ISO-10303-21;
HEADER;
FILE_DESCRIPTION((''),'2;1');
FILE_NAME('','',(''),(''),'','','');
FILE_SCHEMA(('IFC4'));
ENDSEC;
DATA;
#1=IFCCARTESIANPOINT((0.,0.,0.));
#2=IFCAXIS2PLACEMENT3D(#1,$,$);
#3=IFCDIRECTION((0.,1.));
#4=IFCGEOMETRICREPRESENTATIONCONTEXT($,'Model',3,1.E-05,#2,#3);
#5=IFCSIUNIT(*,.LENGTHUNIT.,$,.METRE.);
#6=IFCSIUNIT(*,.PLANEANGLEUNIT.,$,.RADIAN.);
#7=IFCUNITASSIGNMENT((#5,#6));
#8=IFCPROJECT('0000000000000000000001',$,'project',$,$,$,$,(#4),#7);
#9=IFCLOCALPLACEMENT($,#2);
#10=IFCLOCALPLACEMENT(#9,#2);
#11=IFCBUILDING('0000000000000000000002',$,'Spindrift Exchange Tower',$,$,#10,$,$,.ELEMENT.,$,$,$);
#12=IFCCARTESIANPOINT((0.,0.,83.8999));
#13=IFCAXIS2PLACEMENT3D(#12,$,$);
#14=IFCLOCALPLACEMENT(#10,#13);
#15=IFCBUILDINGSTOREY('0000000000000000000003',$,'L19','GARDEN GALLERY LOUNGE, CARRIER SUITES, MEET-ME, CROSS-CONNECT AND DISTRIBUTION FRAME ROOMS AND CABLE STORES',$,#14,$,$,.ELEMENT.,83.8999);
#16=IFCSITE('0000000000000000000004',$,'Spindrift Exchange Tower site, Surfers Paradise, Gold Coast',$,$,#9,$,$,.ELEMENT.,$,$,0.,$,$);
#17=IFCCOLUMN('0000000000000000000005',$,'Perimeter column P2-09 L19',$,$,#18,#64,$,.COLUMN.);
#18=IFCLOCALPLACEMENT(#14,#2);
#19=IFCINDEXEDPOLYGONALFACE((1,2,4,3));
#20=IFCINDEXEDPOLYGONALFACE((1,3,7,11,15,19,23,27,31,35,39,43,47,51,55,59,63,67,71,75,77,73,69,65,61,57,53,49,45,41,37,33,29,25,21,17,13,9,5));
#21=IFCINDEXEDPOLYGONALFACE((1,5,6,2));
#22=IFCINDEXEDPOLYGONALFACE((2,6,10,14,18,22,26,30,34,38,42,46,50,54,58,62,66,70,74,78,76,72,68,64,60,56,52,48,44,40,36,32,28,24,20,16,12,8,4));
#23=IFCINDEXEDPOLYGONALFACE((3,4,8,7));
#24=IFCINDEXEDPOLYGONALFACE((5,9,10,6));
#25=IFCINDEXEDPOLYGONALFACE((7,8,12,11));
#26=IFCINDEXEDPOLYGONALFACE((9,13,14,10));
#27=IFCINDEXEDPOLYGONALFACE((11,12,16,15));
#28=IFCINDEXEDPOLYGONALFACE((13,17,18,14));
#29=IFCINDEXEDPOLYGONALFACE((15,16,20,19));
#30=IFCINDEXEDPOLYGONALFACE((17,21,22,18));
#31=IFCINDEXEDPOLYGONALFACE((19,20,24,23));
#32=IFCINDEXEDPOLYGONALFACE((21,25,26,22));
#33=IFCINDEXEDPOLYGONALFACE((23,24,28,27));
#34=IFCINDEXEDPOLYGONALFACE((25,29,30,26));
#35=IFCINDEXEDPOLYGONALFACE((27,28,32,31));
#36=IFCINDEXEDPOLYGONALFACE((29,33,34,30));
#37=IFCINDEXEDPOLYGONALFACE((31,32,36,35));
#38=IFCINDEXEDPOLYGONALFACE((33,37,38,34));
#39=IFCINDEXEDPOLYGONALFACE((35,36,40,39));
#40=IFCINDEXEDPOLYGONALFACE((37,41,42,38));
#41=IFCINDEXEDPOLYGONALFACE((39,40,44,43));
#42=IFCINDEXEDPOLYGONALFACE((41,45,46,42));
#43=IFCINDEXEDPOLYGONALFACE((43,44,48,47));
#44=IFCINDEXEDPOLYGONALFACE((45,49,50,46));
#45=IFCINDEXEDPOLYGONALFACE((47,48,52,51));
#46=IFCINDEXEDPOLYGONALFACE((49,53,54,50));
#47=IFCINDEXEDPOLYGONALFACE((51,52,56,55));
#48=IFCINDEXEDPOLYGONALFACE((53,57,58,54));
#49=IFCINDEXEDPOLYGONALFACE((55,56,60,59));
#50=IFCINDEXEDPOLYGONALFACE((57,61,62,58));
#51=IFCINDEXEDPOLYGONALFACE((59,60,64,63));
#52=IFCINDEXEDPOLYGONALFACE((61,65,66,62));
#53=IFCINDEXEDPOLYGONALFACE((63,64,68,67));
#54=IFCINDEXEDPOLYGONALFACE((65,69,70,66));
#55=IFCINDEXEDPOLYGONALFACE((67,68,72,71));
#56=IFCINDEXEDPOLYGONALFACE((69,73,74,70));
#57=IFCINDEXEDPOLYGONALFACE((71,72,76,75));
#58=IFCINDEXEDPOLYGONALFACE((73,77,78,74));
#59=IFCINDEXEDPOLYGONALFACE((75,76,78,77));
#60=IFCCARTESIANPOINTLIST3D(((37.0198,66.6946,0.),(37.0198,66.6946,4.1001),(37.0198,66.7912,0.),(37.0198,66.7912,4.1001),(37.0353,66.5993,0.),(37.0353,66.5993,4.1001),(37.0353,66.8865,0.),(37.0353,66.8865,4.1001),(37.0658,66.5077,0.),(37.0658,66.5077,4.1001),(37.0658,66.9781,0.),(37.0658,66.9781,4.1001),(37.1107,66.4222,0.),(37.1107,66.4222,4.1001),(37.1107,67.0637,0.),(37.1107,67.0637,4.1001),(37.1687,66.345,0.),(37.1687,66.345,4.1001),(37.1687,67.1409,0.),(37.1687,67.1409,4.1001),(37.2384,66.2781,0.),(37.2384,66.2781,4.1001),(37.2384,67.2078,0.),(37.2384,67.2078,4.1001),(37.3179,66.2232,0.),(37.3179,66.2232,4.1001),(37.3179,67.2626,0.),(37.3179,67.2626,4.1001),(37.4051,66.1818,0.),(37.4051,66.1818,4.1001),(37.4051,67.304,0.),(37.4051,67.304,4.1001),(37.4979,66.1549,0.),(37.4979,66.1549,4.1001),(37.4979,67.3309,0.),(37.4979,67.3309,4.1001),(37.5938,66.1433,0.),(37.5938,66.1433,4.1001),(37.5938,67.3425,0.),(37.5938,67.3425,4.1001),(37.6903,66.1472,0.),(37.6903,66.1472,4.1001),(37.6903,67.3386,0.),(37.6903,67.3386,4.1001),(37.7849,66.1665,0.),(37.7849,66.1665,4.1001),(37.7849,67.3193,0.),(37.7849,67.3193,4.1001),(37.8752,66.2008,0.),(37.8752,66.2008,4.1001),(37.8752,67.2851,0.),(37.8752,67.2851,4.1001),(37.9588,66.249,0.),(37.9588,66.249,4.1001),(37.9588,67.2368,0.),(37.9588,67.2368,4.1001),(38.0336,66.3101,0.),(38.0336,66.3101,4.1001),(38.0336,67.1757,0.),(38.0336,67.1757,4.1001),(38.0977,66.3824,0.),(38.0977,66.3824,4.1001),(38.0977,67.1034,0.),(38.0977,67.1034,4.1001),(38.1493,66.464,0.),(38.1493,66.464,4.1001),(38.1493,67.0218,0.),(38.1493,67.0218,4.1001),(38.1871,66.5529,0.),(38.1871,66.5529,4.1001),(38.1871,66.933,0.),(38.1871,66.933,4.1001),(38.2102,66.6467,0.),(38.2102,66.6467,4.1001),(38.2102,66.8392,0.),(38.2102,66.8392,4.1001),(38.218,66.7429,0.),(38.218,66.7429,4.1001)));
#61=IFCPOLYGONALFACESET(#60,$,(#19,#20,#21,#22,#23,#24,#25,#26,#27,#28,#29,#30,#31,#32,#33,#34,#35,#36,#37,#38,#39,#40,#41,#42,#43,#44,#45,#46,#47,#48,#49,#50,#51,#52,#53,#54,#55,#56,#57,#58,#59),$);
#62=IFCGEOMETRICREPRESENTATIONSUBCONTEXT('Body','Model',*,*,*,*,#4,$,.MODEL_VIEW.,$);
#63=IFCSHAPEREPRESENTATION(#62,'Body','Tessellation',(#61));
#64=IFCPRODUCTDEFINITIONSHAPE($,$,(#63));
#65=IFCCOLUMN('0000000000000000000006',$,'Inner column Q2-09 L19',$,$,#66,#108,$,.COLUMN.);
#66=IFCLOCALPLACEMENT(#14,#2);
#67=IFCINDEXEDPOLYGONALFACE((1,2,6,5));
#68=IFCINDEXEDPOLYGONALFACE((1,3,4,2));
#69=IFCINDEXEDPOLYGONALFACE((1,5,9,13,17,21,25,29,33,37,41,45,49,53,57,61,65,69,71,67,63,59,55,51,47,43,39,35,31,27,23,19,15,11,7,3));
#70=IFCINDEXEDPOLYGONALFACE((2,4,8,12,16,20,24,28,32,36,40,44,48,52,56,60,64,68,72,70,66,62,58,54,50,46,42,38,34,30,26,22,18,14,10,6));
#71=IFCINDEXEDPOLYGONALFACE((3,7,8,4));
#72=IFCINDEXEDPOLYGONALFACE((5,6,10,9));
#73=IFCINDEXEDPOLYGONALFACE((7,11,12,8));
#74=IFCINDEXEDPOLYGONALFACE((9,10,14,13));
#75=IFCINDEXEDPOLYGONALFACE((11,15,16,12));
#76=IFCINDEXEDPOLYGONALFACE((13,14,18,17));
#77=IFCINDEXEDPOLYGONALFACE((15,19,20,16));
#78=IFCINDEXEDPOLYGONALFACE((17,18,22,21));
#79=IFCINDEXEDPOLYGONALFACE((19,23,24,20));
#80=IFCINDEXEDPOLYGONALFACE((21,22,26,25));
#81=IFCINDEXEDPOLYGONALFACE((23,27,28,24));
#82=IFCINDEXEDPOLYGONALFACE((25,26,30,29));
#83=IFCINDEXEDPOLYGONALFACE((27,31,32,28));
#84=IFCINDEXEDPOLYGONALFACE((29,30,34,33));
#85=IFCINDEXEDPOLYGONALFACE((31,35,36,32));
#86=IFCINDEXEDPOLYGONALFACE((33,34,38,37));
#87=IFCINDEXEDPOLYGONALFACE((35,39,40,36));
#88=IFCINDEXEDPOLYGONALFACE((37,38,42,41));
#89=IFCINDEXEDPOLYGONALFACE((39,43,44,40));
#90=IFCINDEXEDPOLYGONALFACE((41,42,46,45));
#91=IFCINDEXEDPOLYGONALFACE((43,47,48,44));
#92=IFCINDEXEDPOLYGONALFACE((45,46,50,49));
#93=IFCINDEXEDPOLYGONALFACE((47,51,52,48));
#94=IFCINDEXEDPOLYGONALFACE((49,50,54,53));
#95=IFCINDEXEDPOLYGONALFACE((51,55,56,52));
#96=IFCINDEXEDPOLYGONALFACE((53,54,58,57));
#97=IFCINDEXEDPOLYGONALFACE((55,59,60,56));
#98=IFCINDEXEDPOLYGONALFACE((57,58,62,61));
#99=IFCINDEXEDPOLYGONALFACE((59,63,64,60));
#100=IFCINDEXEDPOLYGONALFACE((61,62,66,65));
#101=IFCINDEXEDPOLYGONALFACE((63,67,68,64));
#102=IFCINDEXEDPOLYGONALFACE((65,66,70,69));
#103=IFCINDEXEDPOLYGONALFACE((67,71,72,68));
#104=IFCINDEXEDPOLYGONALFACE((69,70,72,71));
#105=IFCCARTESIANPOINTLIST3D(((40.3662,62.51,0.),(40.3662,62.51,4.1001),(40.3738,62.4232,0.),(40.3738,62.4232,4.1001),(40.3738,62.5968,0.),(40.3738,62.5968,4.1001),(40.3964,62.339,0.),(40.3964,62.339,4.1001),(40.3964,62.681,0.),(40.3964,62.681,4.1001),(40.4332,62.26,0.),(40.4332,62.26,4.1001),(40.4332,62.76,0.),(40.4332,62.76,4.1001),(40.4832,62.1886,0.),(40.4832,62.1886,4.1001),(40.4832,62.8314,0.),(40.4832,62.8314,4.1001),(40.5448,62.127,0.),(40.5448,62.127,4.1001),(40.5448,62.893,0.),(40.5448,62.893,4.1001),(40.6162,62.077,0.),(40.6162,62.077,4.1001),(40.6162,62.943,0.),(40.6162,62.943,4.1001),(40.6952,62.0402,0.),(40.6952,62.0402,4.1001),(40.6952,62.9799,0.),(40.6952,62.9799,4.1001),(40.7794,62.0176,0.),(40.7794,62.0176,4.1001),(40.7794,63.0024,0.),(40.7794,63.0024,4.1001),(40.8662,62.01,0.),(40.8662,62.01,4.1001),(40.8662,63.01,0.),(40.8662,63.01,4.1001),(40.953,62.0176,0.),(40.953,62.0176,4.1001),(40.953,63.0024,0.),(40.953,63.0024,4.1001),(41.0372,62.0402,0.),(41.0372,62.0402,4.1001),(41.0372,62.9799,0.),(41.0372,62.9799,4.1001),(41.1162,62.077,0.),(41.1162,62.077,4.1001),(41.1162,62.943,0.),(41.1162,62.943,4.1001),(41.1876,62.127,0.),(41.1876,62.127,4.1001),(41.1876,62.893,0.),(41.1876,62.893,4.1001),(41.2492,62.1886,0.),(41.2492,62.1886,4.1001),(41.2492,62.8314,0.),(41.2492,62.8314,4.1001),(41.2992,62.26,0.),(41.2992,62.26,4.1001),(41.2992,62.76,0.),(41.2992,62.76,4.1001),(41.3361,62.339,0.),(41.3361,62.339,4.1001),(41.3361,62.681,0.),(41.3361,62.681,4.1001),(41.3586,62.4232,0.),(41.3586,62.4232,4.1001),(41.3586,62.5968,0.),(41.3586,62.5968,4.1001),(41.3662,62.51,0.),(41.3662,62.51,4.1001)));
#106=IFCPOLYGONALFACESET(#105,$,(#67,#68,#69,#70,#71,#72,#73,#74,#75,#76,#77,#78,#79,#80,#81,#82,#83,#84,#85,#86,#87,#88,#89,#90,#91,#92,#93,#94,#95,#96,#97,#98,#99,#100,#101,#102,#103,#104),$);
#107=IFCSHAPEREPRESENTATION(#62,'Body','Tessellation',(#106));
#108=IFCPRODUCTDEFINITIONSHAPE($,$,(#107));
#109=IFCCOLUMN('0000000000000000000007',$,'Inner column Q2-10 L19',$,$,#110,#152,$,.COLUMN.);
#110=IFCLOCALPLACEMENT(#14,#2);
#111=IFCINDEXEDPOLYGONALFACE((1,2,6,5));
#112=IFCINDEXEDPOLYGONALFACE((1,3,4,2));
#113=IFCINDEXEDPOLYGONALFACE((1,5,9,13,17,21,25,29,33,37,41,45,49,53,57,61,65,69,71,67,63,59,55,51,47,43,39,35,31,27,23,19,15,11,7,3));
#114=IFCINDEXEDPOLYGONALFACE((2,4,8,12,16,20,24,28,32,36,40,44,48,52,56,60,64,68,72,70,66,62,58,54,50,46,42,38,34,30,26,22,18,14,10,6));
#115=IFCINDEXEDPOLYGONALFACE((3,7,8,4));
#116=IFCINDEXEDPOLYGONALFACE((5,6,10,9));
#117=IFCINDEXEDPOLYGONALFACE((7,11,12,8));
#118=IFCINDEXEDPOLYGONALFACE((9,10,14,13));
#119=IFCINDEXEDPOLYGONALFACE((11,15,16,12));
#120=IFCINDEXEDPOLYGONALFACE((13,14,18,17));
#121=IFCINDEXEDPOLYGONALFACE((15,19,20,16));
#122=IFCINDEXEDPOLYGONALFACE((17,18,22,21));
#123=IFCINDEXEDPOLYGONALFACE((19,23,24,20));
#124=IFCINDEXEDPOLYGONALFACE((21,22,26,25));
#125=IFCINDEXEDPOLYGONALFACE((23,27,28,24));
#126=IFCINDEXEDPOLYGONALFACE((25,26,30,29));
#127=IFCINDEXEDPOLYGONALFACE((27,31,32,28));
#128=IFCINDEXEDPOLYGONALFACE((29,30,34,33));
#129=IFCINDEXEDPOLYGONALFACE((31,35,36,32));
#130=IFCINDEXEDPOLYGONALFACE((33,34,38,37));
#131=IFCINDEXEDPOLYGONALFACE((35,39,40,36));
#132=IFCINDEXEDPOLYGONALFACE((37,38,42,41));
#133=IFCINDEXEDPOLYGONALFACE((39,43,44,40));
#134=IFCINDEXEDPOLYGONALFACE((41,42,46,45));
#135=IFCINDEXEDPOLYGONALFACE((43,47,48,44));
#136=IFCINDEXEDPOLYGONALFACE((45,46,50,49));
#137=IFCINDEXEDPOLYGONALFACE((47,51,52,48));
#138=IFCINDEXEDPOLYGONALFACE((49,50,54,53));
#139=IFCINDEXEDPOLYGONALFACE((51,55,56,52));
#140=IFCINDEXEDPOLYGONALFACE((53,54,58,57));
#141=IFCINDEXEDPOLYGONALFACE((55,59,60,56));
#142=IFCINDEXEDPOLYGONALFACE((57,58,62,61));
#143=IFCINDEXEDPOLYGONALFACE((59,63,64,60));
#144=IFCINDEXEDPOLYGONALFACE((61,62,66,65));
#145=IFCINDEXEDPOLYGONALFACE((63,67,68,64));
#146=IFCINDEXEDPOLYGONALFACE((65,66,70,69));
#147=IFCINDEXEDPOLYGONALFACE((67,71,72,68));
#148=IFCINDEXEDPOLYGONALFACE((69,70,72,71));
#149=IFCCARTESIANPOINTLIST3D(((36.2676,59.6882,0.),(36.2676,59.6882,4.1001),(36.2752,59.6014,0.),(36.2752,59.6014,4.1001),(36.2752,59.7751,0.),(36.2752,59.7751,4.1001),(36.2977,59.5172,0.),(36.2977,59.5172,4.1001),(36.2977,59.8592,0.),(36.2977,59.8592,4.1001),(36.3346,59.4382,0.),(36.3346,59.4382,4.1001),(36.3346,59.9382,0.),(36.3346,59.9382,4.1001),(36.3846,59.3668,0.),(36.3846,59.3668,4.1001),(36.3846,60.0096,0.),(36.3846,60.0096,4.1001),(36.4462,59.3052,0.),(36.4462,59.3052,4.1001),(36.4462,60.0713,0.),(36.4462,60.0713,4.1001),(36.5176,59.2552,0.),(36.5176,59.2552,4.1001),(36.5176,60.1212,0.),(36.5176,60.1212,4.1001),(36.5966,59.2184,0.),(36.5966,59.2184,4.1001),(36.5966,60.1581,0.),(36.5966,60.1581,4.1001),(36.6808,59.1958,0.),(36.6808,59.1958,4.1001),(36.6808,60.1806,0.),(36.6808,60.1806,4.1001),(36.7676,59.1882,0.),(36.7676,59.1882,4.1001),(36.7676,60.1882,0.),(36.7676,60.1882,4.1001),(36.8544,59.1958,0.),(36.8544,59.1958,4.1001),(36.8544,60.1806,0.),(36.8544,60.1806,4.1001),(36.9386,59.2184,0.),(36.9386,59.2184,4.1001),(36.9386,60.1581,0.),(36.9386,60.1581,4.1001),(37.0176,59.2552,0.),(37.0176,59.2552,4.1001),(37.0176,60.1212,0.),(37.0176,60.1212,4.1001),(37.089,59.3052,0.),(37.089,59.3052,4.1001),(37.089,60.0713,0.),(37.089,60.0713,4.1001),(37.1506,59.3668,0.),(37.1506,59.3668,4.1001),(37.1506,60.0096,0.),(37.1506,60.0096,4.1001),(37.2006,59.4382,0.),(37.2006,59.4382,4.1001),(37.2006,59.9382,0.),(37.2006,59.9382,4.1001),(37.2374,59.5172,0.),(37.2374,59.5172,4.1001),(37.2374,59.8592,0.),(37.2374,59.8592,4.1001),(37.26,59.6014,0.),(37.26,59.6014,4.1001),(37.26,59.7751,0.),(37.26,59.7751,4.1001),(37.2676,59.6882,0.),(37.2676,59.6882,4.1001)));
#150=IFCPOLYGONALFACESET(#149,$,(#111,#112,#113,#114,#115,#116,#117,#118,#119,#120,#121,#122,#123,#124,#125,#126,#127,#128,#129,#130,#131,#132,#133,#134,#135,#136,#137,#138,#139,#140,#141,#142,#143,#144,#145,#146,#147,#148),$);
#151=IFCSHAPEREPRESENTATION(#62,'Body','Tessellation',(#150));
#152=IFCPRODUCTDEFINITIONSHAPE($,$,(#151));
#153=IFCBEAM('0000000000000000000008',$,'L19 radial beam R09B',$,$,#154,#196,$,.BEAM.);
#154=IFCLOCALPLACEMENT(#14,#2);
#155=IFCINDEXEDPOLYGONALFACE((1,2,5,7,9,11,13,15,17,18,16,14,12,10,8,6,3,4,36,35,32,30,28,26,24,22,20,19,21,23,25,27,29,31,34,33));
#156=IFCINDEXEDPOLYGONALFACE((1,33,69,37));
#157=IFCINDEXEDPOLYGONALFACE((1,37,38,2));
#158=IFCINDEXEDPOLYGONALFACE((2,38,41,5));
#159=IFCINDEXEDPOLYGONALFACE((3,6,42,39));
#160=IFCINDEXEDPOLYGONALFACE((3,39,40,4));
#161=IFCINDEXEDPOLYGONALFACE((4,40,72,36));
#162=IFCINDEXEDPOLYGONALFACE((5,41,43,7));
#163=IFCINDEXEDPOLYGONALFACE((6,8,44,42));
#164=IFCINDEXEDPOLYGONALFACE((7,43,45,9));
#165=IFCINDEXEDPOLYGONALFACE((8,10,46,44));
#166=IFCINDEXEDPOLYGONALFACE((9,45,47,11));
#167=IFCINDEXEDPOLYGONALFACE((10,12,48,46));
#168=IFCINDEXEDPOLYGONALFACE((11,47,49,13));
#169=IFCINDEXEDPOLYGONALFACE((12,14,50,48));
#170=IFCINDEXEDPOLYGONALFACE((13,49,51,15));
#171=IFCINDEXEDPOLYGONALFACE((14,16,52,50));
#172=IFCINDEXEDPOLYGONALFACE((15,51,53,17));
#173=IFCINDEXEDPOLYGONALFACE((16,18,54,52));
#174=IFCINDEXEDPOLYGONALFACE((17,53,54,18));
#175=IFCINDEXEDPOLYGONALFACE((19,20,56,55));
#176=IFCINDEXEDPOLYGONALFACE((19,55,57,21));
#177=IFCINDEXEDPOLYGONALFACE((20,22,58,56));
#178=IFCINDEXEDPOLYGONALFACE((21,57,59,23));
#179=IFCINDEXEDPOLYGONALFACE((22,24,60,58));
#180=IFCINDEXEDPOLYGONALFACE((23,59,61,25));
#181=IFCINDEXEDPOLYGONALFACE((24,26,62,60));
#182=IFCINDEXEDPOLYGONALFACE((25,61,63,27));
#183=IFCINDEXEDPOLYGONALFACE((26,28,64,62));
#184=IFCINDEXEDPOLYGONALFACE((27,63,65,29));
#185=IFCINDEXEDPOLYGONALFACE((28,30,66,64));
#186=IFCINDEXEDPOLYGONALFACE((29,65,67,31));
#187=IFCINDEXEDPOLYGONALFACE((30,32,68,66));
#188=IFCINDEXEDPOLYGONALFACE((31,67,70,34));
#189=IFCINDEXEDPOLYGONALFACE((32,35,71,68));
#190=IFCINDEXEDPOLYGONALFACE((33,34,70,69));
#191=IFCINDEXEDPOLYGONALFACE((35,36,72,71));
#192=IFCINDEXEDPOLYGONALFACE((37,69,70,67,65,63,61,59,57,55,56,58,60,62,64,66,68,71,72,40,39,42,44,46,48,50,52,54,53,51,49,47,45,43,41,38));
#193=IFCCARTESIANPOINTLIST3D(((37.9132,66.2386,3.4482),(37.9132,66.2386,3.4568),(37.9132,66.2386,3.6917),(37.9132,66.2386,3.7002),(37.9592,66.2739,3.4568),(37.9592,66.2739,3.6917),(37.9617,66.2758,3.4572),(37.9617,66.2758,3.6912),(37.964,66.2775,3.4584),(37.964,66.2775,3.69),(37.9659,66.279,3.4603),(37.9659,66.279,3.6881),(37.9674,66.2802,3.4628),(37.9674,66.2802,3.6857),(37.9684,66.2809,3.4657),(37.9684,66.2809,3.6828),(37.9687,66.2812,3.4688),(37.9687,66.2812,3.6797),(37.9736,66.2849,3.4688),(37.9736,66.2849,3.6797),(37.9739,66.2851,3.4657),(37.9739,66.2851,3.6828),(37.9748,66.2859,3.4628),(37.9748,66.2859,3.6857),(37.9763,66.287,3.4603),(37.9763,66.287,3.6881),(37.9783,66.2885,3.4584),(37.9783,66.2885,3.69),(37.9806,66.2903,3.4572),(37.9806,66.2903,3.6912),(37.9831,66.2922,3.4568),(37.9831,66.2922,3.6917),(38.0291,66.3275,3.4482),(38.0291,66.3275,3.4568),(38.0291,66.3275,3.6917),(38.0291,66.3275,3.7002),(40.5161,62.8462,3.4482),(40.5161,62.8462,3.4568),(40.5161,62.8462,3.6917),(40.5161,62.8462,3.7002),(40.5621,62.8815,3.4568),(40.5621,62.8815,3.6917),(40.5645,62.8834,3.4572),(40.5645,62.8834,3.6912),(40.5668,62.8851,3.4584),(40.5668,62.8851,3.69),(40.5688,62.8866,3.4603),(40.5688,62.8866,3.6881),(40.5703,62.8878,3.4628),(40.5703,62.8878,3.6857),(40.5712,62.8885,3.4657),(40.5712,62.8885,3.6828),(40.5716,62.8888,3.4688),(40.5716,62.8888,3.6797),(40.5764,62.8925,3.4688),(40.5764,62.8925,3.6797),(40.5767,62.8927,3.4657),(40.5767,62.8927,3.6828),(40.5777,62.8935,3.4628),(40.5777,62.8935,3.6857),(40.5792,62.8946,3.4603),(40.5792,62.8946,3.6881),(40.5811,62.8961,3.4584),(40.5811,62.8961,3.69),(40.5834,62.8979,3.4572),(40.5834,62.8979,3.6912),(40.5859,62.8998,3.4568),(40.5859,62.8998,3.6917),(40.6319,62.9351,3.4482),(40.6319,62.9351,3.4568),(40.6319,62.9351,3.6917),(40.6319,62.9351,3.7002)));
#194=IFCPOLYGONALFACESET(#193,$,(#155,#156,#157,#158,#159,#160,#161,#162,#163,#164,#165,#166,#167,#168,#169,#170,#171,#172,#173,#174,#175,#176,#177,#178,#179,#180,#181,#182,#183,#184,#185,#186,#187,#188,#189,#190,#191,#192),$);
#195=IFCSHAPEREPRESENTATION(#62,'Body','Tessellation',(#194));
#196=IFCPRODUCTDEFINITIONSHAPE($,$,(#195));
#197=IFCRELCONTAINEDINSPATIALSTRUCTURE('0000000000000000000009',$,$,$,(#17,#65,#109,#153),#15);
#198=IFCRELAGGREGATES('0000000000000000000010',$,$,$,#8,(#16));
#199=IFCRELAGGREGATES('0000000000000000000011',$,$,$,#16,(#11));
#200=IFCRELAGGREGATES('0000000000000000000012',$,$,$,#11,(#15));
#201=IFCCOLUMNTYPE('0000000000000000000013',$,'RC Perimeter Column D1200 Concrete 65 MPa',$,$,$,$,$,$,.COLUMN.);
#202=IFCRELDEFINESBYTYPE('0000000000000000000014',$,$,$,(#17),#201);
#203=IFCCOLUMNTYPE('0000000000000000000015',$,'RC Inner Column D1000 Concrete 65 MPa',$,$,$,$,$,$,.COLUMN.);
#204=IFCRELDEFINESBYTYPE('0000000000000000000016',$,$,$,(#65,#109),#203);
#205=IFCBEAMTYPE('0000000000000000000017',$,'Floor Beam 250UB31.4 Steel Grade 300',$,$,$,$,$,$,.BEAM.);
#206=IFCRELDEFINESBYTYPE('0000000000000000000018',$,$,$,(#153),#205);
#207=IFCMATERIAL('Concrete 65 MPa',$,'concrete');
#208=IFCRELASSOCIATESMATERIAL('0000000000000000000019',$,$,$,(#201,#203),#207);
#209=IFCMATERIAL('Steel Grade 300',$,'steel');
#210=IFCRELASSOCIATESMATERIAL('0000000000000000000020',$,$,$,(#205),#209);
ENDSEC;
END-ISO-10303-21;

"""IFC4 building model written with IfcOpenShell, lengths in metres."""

from ifc_helpers import new_model, si_unit, direction, frame, origin, origin_2d, place, context, subcontext, project, spatial, circle, i_section, extrude, source, transform, mapped, material, material_profile, profile_set, type_object, element, save


model = new_model("IFC4")

# Units and contexts
model_context = context("Model", 3, precision=1e-05, world=origin(), true_north=direction((0.0, 1.0)))
body_context = subcontext(model_context, "Body", "Model", "MODEL_VIEW")
ifc_project = project(units=[si_unit("LENGTHUNIT", "METRE"), si_unit("PLANEANGLEUNIT", "RADIAN")], contexts=[model_context])

# Site, building, storey
site_placement = place(None, origin())
site = spatial("IfcSite", under=ifc_project, at=site_placement, Name="Spindrift Exchange Tower site, Surfers Paradise, Gold Coast", CompositionType="ELEMENT", RefElevation=0.0)
building_placement = place(site_placement, origin())
building = spatial("IfcBuilding", under=site, at=building_placement, Name="Spindrift Exchange Tower", CompositionType="ELEMENT")
storey_placement = place(building_placement, frame((0.0, 0.0, 83.8999)))
storey = spatial("IfcBuildingStorey", under=building, at=storey_placement, Name="L19", Description="GARDEN GALLERY LOUNGE, CARRIER SUITES, MEET-ME, CROSS-CONNECT AND DISTRIBUTION FRAME ROOMS AND CABLE STORES", CompositionType="ELEMENT", Elevation=83.8999)

# Columns
ifc_material_1 = material(Name="Concrete 65 MPa", Category="concrete")
ifc_material_profile_1 = material_profile(ifc_material_1, circle(Radius=0.6001, at=origin_2d()), Name="RC D1200")
ifc_profile_set_1 = profile_set([ifc_material_profile_1], Name="Concrete 65 MPa")
column_type_1 = type_object("IfcColumnType", Name="RC Perimeter Column D1200 Concrete 65 MPa", PredefinedType="COLUMN", material=ifc_profile_set_1)
shared_shape_1 = source(origin(), body_context, "Body", "SweptSolid", [
    extrude(circle(Radius=0.6001, at=origin_2d()), origin(), (0.0, 0.0, 1.0), 4.1001),
])
column_placement = place(storey_placement, frame((37.6179, 66.7429, 0.0), z_axis=(0.0, 0.0, 1.0), x_axis=(1.0, 0.0, 0.0)))
element("IfcColumn", 1, at=column_placement, inside=storey, type_object=column_type_1, Name="Perimeter column P2-09 L19", PredefinedType="COLUMN", context=body_context, shape_type="MappedRepresentation", body=[
    mapped(shared_shape_1, transform((0.0, 0.0, 0.0), scale=1.0)),
])
ifc_material_profile_2 = material_profile(ifc_material_1, circle(Radius=0.5, at=origin_2d()), Name="RC D1000")
ifc_profile_set_2 = profile_set([ifc_material_profile_2], Name="Concrete 65 MPa")
column_type_2 = type_object("IfcColumnType", Name="RC Inner Column D1000 Concrete 65 MPa", PredefinedType="COLUMN", material=ifc_profile_set_2)
shared_shape_2 = source(origin(), body_context, "Body", "SweptSolid", [
    extrude(circle(Radius=0.5, at=origin_2d()), origin(), (0.0, 0.0, 1.0), 4.1001),
])
for number, where, z_axis, x_axis, name in (
    (2, (40.8662, 62.51, 0.0), (0.0, 0.0, 1.0), (1.0, 0.0, 0.0), "Inner column Q2-09 L19"),
    (3, (36.7676, 59.6882, 0.0), (0.0, 0.0, 1.0), (1.0, 0.0, 0.0), "Inner column Q2-10 L19"),
):
    element("IfcColumn", number, at=place(storey_placement, frame(where, z_axis=z_axis, x_axis=x_axis)), inside=storey, type_object=column_type_2, Name=name, PredefinedType="COLUMN", context=body_context, shape_type="MappedRepresentation", body=[
        mapped(shared_shape_2, transform((0.0, 0.0, 0.0), scale=1.0)),
    ])

# Beam
ifc_material_2 = material(Name="Steel Grade 300", Category="steel")
ifc_material_profile_3 = material_profile(ifc_material_2, i_section(OverallWidth=0.146, OverallDepth=0.252, WebThickness=0.0061, FlangeThickness=0.0085, FilletRadius=0.012, at=origin_2d()), Name="250UB31.4")
ifc_profile_set_3 = profile_set([ifc_material_profile_3], Name="Steel Grade 300")
beam_type_1 = type_object("IfcBeamType", Name="Floor Beam 250UB31.4 Steel Grade 300", PredefinedType="BEAM", material=ifc_profile_set_3)
shared_shape_3 = source(origin(), body_context, "Body", "SweptSolid", [
    extrude(i_section(OverallWidth=0.146, OverallDepth=0.252, WebThickness=0.0061, FlangeThickness=0.0085, FilletRadius=0.012, at=origin_2d()), origin(), (0.0, 0.0, 1.0), 4.2759),
])
beam_1_placement = place(storey_placement, frame((40.574, 62.8906, 3.5742), z_axis=(-0.608725, 0.793381, 0.0), x_axis=(-0.793381, -0.608725, 0.0)))
element("IfcBeam", 4, at=beam_1_placement, inside=storey, type_object=beam_type_1, Name="L19 radial beam R09B", PredefinedType="BEAM", context=body_context, shape_type="MappedRepresentation", body=[
    mapped(shared_shape_3, transform((0.0, 0.0, 0.0), scale=1.0)),
])

save(model, "model.ifc")
